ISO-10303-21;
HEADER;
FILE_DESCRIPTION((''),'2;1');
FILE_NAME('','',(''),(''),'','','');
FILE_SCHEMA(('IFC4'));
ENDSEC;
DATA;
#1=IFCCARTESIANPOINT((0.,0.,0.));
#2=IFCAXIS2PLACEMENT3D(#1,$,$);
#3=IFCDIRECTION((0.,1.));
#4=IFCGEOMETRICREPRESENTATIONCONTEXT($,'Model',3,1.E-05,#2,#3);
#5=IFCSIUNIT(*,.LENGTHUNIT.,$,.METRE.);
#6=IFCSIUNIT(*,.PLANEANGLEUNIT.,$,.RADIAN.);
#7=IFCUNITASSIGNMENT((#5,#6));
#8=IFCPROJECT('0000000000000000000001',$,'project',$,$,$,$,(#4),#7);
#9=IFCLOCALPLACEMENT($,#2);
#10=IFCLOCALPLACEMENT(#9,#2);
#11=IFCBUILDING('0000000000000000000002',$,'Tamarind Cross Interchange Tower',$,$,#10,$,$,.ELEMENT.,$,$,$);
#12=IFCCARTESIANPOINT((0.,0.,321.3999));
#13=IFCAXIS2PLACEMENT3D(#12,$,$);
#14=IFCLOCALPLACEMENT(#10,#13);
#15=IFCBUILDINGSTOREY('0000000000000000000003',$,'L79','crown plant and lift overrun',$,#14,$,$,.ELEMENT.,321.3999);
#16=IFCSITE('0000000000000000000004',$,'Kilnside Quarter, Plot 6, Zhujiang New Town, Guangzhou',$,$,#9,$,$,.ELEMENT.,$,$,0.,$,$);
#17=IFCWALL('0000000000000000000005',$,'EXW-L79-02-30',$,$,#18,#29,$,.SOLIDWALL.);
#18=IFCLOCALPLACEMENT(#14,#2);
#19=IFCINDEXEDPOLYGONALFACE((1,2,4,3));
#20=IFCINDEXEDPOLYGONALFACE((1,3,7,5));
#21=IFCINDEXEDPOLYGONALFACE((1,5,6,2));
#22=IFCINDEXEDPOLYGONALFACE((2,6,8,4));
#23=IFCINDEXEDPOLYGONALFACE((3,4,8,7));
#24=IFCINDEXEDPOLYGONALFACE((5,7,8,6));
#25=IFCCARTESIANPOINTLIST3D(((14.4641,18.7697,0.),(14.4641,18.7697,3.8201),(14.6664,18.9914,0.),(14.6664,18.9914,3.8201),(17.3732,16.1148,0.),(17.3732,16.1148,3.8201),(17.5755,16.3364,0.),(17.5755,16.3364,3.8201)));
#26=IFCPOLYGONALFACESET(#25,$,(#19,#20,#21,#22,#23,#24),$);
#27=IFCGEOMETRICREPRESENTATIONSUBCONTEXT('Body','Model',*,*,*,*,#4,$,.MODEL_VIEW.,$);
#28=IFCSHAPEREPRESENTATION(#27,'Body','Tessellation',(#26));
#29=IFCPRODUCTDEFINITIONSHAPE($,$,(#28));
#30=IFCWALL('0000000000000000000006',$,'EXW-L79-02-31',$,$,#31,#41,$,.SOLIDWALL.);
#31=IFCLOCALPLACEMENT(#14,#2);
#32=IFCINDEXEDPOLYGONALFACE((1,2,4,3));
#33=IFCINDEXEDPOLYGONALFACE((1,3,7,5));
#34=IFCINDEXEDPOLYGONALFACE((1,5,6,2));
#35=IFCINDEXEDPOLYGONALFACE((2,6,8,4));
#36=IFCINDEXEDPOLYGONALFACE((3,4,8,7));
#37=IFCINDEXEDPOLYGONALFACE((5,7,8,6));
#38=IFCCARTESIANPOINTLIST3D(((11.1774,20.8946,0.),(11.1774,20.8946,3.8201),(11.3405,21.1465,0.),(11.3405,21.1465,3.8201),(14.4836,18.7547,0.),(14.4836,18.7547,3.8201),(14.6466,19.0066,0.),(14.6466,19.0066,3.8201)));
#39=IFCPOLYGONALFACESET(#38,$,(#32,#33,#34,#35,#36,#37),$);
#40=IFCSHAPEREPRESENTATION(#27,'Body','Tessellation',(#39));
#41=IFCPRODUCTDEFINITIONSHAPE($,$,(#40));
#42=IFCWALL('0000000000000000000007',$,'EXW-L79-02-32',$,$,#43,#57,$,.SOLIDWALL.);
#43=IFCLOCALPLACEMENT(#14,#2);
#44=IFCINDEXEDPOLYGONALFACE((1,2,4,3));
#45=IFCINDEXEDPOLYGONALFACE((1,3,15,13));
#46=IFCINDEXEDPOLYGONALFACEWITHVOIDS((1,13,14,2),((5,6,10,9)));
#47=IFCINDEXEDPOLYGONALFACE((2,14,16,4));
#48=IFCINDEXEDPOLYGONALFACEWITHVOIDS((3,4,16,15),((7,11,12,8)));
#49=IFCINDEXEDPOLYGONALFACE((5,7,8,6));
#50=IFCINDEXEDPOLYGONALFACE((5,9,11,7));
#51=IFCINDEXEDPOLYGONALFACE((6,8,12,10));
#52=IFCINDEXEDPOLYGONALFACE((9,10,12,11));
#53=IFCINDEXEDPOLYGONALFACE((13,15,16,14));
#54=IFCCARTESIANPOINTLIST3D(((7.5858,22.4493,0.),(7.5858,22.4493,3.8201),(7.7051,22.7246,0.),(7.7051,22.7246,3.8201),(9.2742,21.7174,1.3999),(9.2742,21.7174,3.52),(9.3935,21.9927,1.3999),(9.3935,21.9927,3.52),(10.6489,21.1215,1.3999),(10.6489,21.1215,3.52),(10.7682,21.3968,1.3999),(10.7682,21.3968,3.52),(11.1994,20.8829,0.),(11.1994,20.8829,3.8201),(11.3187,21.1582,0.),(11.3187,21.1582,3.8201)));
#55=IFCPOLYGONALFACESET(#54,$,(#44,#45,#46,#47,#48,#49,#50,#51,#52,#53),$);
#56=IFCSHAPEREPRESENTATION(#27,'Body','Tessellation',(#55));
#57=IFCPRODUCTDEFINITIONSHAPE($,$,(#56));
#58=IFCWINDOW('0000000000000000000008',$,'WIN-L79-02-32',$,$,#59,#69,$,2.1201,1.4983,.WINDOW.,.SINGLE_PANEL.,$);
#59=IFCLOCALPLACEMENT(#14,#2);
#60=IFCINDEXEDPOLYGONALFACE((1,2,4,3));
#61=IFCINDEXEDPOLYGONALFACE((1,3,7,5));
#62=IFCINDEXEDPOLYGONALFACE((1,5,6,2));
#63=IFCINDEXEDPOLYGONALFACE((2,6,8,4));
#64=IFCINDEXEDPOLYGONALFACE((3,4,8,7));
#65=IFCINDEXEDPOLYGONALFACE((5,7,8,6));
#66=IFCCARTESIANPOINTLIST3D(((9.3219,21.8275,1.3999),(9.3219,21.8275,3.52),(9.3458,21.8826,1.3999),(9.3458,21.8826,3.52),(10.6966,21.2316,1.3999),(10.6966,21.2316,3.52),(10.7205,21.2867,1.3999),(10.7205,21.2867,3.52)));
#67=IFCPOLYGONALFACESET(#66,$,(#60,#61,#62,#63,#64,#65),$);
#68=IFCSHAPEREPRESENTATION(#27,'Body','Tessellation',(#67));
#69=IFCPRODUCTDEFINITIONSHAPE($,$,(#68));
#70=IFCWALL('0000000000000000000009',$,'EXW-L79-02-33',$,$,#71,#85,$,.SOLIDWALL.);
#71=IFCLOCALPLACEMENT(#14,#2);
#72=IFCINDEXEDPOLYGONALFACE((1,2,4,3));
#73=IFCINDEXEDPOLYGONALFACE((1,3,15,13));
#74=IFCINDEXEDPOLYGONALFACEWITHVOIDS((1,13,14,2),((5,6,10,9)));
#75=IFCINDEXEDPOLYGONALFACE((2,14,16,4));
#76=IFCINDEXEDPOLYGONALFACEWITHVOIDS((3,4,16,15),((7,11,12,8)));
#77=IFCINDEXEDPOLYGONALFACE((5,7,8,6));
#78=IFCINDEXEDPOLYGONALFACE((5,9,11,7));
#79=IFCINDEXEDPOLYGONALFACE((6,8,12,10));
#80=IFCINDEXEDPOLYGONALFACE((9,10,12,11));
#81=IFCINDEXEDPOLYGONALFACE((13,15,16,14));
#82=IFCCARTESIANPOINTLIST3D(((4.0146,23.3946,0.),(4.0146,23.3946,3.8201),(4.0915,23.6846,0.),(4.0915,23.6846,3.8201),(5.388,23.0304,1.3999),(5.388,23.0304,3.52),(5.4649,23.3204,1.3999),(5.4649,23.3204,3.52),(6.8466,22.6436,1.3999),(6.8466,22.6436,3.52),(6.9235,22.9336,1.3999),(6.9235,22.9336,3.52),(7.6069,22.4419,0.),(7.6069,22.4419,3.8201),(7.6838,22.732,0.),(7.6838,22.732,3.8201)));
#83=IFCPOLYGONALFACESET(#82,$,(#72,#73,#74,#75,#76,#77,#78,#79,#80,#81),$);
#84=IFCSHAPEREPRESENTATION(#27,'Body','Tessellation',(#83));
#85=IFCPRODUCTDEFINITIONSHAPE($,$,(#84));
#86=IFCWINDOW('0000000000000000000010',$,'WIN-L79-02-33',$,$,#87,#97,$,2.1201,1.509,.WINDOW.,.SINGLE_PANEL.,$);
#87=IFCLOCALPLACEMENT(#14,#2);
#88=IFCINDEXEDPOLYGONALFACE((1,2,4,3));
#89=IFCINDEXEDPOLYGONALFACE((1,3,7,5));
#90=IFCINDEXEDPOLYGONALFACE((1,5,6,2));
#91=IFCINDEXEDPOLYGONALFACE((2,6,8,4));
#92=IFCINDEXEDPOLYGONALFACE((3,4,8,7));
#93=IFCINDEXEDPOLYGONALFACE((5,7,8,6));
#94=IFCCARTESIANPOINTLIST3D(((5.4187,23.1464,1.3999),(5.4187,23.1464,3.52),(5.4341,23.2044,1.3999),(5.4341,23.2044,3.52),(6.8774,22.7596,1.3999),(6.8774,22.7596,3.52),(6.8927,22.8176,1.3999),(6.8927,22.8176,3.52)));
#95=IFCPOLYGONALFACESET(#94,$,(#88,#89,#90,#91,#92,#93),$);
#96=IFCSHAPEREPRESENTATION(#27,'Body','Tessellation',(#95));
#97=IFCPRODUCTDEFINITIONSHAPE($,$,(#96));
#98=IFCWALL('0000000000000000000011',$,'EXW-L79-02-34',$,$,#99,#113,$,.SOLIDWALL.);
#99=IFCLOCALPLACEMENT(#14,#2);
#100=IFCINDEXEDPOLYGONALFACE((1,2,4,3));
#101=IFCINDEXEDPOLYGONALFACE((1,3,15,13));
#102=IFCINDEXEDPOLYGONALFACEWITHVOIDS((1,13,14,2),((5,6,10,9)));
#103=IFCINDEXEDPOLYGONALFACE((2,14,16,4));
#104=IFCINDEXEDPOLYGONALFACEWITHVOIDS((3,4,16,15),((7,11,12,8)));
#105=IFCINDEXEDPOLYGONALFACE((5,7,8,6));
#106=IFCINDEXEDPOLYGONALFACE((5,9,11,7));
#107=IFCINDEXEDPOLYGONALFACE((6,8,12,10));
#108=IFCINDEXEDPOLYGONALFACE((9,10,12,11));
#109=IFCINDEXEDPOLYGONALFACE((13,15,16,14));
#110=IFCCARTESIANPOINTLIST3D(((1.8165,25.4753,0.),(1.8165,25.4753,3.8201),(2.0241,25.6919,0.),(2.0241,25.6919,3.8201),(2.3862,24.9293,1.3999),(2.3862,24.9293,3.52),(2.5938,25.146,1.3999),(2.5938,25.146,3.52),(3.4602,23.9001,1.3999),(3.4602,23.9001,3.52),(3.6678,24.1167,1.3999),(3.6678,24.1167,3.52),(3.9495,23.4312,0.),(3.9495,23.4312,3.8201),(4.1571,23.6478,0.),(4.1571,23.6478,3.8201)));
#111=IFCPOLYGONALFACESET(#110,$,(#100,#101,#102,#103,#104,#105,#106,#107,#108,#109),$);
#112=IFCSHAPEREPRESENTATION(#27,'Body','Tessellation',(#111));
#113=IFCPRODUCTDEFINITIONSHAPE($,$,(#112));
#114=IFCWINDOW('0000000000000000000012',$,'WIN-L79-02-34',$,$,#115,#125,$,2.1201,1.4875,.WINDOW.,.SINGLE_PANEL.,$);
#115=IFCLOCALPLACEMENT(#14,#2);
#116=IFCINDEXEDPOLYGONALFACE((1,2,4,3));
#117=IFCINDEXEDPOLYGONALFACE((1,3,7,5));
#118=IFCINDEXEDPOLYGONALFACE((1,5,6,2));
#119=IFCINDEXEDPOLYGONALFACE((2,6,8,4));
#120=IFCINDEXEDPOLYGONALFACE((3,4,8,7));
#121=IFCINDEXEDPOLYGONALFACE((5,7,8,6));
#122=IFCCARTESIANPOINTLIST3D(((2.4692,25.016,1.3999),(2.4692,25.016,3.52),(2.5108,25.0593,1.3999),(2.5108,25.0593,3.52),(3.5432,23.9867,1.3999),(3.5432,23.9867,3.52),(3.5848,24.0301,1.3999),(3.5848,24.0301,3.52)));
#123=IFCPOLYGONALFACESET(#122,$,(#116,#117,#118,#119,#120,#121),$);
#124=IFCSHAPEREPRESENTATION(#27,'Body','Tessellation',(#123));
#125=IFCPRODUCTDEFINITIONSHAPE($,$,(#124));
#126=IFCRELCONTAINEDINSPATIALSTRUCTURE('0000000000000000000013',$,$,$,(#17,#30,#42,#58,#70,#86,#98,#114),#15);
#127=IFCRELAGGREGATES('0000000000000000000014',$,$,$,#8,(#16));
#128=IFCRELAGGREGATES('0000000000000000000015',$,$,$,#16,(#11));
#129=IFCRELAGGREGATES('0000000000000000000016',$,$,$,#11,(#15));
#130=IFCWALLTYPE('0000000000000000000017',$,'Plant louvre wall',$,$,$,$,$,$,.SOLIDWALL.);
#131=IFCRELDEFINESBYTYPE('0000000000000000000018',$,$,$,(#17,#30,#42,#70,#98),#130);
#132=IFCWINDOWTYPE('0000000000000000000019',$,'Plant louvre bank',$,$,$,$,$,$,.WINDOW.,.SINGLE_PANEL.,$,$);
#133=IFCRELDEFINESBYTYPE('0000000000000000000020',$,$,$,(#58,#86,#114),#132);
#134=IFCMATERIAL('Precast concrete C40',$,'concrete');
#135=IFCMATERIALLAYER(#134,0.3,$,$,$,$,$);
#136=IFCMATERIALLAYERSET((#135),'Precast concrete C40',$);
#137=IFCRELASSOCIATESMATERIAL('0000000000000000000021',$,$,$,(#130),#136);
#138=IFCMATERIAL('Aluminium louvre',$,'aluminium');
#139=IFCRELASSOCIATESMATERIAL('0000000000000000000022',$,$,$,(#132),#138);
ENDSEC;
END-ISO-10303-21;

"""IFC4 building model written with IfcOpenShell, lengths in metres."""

from ifc_helpers import new_model, si_unit, direction, frame, frame_2d, origin, place, context, subcontext, project, spatial, rectangle, extrude, material, layer, layer_set, type_object, element, fill, save


model = new_model("IFC4")

# Units and contexts
model_context = context("Model", 3, precision=1e-05, world=origin(), true_north=direction((0.0, 1.0)))
body_context = subcontext(model_context, "Body", "Model", "MODEL_VIEW")
ifc_project = project(units=[si_unit("LENGTHUNIT", "METRE"), si_unit("PLANEANGLEUNIT", "RADIAN")], contexts=[model_context])

# Site, building, storey
site_placement = place(None, origin())
site = spatial("IfcSite", under=ifc_project, at=site_placement, Name="Kilnside Quarter, Plot 6, Zhujiang New Town, Guangzhou", CompositionType="ELEMENT", RefElevation=0.0)
building_placement = place(site_placement, origin())
building = spatial("IfcBuilding", under=site, at=building_placement, Name="Tamarind Cross Interchange Tower", CompositionType="ELEMENT")
storey_placement = place(building_placement, frame((0.0, 0.0, 321.3999)))
storey = spatial("IfcBuildingStorey", under=building, at=storey_placement, Name="L79", Description="crown plant and lift overrun", CompositionType="ELEMENT", Elevation=321.3999)

# Walls
ifc_material_1 = material(Name="Precast concrete C40", Category="concrete")
ifc_layer = layer(ifc_material_1, 0.3)
ifc_layer_set = layer_set([ifc_layer], Name="Precast concrete C40")
wall_type = type_object("IfcWallType", Name="Plant louvre wall", PredefinedType="SOLIDWALL", material=ifc_layer_set)
wall_1_placement = place(storey_placement, frame((17.4744, 16.2256, 0.0), z_axis=(0.0, 0.0, 1.0), x_axis=(-0.738634, 0.674106, 0.0)))
element("IfcWall", 1, at=wall_1_placement, inside=storey, type_object=wall_type, Name="EXW-L79-02-30", PredefinedType="SOLIDWALL", context=body_context, shape_type="SweptSolid", body=[
    extrude(rectangle(XDim=3.9385, YDim=0.3, at=frame_2d((1.9692, 0.0))), origin(), (0.0, 0.0, 1.0), 3.8201),
])
wall_2_placement = place(storey_placement, frame((14.5652, 18.8806, 0.0), z_axis=(0.0, 0.0, 1.0), x_axis=(-0.839499, 0.543362, 0.0)))
element("IfcWall", 2, at=wall_2_placement, inside=storey, type_object=wall_type, Name="EXW-L79-02-31", PredefinedType="SOLIDWALL", context=body_context, shape_type="SweptSolid", body=[
    extrude(rectangle(XDim=3.9382, YDim=0.3, at=frame_2d((1.9692, 0.0))), origin(), (0.0, 0.0, 1.0), 3.8201),
])

# Walls, openings, windows
wall_3_placement = place(storey_placement, frame((11.259, 21.0205, 0.0), z_axis=(0.0, 0.0, 1.0), x_axis=(-0.917505, 0.397724, 0.0)))
wall_3 = element("IfcWall", 3, at=wall_3_placement, inside=storey, type_object=wall_type, Name="EXW-L79-02-32", PredefinedType="SOLIDWALL", context=body_context, shape_type="SweptSolid", body=[
    extrude(rectangle(XDim=3.9385, YDim=0.3, at=frame_2d((1.9692, 0.0))), origin(), (0.0, 0.0, 1.0), 3.8201),
])
opening_1_placement = place(wall_3_placement, frame((0.6001, 0.0, 1.3999)))
opening_1 = element("IfcOpeningElement", 4, at=opening_1_placement, cuts=wall_3, PredefinedType="OPENING", context=body_context, shape_type="SweptSolid", body=[
    extrude(rectangle(XDim=1.4983, YDim=2.1201, at=frame_2d((0.749, 1.0601))), frame((0.0, 0.1599, 0.0), z_axis=(0.0, -1.0, 0.0), x_axis=(1.0, 0.0, 0.0)), (0.0, 0.0, 1.0), 0.3201),
])
ifc_material_2 = material(Name="Aluminium louvre", Category="aluminium")
window_type = type_object("IfcWindowType", Name="Plant louvre bank", PartitioningType="SINGLE_PANEL", PredefinedType="WINDOW", material=ifc_material_2)
window_1_placement = place(opening_1_placement, origin())
window_1 = element("IfcWindow", 5, at=window_1_placement, inside=storey, type_object=window_type, Name="WIN-L79-02-32", OverallHeight=2.1201, OverallWidth=1.4983, PartitioningType="SINGLE_PANEL", PredefinedType="WINDOW", context=body_context, shape_type="SweptSolid", body=[
    extrude(rectangle(XDim=1.4983, YDim=2.1201, at=frame_2d((0.749, 1.0601))), frame((0.0, 0.03, 0.0), z_axis=(0.0, -1.0, 0.0), x_axis=(1.0, 0.0, 0.0)), (0.0, 0.0, 1.0), 0.0601),
])
fill(opening_1, window_1)
wall_4_placement = place(storey_placement, frame((7.6455, 22.5869, 0.0), z_axis=(0.0, 0.0, 1.0), x_axis=(-0.966589, 0.256329, 0.0)))
wall_4 = element("IfcWall", 6, at=wall_4_placement, inside=storey, type_object=wall_type, Name="EXW-L79-02-33", PredefinedType="SOLIDWALL", context=body_context, shape_type="SweptSolid", body=[
    extrude(rectangle(XDim=3.7166, YDim=0.3, at=frame_2d((1.8584, 0.0))), origin(), (0.0, 0.0, 1.0), 3.8201),
])
opening_2_placement = place(wall_4_placement, frame((0.7869, 0.0, 1.3999)))
opening_2 = element("IfcOpeningElement", 7, at=opening_2_placement, cuts=wall_4, PredefinedType="OPENING", context=body_context, shape_type="SweptSolid", body=[
    extrude(rectangle(XDim=1.509, YDim=2.1201, at=frame_2d((0.7544, 1.0601))), frame((0.0, 0.1599, 0.0), z_axis=(0.0, -1.0, 0.0), x_axis=(1.0, 0.0, 0.0)), (0.0, 0.0, 1.0), 0.3201),
])
window_2_placement = place(opening_2_placement, origin())
window_2 = element("IfcWindow", 8, at=window_2_placement, inside=storey, type_object=window_type, Name="WIN-L79-02-33", OverallHeight=2.1201, OverallWidth=1.509, PartitioningType="SINGLE_PANEL", PredefinedType="WINDOW", context=body_context, shape_type="SweptSolid", body=[
    extrude(rectangle(XDim=1.509, YDim=2.1201, at=frame_2d((0.7544, 1.0601))), frame((0.0, 0.03, 0.0), z_axis=(0.0, -1.0, 0.0), x_axis=(1.0, 0.0, 0.0)), (0.0, 0.0, 1.0), 0.0601),
])
fill(opening_2, window_2)
wall_5_placement = place(storey_placement, frame((4.0532, 23.5396, 0.0), z_axis=(0.0, 0.0, 1.0), x_axis=(-0.721986, 0.691907, 0.0)))
wall_5 = element("IfcWall", 9, at=wall_5_placement, inside=storey, type_object=wall_type, Name="EXW-L79-02-34", PredefinedType="SOLIDWALL", context=body_context, shape_type="SweptSolid", body=[
    extrude(rectangle(XDim=2.9543, YDim=0.3, at=frame_2d((1.4771, 0.0))), origin(), (0.0, 0.0, 1.0), 3.8201),
])
opening_3_placement = place(wall_5_placement, frame((0.6777, 0.0, 1.3999)))
opening_3 = element("IfcOpeningElement", 10, at=opening_3_placement, cuts=wall_5, PredefinedType="OPENING", context=body_context, shape_type="SweptSolid", body=[
    extrude(rectangle(XDim=1.4875, YDim=2.1201, at=frame_2d((0.7437, 1.0601))), frame((0.0, 0.1599, 0.0), z_axis=(0.0, -1.0, 0.0), x_axis=(1.0, 0.0, 0.0)), (0.0, 0.0, 1.0), 0.3201),
])
window_3_placement = place(opening_3_placement, origin())
window_3 = element("IfcWindow", 11, at=window_3_placement, inside=storey, type_object=window_type, Name="WIN-L79-02-34", OverallHeight=2.1201, OverallWidth=1.4875, PartitioningType="SINGLE_PANEL", PredefinedType="WINDOW", context=body_context, shape_type="SweptSolid", body=[
    extrude(rectangle(XDim=1.4875, YDim=2.1201, at=frame_2d((0.7437, 1.0601))), frame((0.0, 0.03, 0.0), z_axis=(0.0, -1.0, 0.0), x_axis=(1.0, 0.0, 0.0)), (0.0, 0.0, 1.0), 0.0601),
])
fill(opening_3, window_3)

save(model, "model.ifc")
